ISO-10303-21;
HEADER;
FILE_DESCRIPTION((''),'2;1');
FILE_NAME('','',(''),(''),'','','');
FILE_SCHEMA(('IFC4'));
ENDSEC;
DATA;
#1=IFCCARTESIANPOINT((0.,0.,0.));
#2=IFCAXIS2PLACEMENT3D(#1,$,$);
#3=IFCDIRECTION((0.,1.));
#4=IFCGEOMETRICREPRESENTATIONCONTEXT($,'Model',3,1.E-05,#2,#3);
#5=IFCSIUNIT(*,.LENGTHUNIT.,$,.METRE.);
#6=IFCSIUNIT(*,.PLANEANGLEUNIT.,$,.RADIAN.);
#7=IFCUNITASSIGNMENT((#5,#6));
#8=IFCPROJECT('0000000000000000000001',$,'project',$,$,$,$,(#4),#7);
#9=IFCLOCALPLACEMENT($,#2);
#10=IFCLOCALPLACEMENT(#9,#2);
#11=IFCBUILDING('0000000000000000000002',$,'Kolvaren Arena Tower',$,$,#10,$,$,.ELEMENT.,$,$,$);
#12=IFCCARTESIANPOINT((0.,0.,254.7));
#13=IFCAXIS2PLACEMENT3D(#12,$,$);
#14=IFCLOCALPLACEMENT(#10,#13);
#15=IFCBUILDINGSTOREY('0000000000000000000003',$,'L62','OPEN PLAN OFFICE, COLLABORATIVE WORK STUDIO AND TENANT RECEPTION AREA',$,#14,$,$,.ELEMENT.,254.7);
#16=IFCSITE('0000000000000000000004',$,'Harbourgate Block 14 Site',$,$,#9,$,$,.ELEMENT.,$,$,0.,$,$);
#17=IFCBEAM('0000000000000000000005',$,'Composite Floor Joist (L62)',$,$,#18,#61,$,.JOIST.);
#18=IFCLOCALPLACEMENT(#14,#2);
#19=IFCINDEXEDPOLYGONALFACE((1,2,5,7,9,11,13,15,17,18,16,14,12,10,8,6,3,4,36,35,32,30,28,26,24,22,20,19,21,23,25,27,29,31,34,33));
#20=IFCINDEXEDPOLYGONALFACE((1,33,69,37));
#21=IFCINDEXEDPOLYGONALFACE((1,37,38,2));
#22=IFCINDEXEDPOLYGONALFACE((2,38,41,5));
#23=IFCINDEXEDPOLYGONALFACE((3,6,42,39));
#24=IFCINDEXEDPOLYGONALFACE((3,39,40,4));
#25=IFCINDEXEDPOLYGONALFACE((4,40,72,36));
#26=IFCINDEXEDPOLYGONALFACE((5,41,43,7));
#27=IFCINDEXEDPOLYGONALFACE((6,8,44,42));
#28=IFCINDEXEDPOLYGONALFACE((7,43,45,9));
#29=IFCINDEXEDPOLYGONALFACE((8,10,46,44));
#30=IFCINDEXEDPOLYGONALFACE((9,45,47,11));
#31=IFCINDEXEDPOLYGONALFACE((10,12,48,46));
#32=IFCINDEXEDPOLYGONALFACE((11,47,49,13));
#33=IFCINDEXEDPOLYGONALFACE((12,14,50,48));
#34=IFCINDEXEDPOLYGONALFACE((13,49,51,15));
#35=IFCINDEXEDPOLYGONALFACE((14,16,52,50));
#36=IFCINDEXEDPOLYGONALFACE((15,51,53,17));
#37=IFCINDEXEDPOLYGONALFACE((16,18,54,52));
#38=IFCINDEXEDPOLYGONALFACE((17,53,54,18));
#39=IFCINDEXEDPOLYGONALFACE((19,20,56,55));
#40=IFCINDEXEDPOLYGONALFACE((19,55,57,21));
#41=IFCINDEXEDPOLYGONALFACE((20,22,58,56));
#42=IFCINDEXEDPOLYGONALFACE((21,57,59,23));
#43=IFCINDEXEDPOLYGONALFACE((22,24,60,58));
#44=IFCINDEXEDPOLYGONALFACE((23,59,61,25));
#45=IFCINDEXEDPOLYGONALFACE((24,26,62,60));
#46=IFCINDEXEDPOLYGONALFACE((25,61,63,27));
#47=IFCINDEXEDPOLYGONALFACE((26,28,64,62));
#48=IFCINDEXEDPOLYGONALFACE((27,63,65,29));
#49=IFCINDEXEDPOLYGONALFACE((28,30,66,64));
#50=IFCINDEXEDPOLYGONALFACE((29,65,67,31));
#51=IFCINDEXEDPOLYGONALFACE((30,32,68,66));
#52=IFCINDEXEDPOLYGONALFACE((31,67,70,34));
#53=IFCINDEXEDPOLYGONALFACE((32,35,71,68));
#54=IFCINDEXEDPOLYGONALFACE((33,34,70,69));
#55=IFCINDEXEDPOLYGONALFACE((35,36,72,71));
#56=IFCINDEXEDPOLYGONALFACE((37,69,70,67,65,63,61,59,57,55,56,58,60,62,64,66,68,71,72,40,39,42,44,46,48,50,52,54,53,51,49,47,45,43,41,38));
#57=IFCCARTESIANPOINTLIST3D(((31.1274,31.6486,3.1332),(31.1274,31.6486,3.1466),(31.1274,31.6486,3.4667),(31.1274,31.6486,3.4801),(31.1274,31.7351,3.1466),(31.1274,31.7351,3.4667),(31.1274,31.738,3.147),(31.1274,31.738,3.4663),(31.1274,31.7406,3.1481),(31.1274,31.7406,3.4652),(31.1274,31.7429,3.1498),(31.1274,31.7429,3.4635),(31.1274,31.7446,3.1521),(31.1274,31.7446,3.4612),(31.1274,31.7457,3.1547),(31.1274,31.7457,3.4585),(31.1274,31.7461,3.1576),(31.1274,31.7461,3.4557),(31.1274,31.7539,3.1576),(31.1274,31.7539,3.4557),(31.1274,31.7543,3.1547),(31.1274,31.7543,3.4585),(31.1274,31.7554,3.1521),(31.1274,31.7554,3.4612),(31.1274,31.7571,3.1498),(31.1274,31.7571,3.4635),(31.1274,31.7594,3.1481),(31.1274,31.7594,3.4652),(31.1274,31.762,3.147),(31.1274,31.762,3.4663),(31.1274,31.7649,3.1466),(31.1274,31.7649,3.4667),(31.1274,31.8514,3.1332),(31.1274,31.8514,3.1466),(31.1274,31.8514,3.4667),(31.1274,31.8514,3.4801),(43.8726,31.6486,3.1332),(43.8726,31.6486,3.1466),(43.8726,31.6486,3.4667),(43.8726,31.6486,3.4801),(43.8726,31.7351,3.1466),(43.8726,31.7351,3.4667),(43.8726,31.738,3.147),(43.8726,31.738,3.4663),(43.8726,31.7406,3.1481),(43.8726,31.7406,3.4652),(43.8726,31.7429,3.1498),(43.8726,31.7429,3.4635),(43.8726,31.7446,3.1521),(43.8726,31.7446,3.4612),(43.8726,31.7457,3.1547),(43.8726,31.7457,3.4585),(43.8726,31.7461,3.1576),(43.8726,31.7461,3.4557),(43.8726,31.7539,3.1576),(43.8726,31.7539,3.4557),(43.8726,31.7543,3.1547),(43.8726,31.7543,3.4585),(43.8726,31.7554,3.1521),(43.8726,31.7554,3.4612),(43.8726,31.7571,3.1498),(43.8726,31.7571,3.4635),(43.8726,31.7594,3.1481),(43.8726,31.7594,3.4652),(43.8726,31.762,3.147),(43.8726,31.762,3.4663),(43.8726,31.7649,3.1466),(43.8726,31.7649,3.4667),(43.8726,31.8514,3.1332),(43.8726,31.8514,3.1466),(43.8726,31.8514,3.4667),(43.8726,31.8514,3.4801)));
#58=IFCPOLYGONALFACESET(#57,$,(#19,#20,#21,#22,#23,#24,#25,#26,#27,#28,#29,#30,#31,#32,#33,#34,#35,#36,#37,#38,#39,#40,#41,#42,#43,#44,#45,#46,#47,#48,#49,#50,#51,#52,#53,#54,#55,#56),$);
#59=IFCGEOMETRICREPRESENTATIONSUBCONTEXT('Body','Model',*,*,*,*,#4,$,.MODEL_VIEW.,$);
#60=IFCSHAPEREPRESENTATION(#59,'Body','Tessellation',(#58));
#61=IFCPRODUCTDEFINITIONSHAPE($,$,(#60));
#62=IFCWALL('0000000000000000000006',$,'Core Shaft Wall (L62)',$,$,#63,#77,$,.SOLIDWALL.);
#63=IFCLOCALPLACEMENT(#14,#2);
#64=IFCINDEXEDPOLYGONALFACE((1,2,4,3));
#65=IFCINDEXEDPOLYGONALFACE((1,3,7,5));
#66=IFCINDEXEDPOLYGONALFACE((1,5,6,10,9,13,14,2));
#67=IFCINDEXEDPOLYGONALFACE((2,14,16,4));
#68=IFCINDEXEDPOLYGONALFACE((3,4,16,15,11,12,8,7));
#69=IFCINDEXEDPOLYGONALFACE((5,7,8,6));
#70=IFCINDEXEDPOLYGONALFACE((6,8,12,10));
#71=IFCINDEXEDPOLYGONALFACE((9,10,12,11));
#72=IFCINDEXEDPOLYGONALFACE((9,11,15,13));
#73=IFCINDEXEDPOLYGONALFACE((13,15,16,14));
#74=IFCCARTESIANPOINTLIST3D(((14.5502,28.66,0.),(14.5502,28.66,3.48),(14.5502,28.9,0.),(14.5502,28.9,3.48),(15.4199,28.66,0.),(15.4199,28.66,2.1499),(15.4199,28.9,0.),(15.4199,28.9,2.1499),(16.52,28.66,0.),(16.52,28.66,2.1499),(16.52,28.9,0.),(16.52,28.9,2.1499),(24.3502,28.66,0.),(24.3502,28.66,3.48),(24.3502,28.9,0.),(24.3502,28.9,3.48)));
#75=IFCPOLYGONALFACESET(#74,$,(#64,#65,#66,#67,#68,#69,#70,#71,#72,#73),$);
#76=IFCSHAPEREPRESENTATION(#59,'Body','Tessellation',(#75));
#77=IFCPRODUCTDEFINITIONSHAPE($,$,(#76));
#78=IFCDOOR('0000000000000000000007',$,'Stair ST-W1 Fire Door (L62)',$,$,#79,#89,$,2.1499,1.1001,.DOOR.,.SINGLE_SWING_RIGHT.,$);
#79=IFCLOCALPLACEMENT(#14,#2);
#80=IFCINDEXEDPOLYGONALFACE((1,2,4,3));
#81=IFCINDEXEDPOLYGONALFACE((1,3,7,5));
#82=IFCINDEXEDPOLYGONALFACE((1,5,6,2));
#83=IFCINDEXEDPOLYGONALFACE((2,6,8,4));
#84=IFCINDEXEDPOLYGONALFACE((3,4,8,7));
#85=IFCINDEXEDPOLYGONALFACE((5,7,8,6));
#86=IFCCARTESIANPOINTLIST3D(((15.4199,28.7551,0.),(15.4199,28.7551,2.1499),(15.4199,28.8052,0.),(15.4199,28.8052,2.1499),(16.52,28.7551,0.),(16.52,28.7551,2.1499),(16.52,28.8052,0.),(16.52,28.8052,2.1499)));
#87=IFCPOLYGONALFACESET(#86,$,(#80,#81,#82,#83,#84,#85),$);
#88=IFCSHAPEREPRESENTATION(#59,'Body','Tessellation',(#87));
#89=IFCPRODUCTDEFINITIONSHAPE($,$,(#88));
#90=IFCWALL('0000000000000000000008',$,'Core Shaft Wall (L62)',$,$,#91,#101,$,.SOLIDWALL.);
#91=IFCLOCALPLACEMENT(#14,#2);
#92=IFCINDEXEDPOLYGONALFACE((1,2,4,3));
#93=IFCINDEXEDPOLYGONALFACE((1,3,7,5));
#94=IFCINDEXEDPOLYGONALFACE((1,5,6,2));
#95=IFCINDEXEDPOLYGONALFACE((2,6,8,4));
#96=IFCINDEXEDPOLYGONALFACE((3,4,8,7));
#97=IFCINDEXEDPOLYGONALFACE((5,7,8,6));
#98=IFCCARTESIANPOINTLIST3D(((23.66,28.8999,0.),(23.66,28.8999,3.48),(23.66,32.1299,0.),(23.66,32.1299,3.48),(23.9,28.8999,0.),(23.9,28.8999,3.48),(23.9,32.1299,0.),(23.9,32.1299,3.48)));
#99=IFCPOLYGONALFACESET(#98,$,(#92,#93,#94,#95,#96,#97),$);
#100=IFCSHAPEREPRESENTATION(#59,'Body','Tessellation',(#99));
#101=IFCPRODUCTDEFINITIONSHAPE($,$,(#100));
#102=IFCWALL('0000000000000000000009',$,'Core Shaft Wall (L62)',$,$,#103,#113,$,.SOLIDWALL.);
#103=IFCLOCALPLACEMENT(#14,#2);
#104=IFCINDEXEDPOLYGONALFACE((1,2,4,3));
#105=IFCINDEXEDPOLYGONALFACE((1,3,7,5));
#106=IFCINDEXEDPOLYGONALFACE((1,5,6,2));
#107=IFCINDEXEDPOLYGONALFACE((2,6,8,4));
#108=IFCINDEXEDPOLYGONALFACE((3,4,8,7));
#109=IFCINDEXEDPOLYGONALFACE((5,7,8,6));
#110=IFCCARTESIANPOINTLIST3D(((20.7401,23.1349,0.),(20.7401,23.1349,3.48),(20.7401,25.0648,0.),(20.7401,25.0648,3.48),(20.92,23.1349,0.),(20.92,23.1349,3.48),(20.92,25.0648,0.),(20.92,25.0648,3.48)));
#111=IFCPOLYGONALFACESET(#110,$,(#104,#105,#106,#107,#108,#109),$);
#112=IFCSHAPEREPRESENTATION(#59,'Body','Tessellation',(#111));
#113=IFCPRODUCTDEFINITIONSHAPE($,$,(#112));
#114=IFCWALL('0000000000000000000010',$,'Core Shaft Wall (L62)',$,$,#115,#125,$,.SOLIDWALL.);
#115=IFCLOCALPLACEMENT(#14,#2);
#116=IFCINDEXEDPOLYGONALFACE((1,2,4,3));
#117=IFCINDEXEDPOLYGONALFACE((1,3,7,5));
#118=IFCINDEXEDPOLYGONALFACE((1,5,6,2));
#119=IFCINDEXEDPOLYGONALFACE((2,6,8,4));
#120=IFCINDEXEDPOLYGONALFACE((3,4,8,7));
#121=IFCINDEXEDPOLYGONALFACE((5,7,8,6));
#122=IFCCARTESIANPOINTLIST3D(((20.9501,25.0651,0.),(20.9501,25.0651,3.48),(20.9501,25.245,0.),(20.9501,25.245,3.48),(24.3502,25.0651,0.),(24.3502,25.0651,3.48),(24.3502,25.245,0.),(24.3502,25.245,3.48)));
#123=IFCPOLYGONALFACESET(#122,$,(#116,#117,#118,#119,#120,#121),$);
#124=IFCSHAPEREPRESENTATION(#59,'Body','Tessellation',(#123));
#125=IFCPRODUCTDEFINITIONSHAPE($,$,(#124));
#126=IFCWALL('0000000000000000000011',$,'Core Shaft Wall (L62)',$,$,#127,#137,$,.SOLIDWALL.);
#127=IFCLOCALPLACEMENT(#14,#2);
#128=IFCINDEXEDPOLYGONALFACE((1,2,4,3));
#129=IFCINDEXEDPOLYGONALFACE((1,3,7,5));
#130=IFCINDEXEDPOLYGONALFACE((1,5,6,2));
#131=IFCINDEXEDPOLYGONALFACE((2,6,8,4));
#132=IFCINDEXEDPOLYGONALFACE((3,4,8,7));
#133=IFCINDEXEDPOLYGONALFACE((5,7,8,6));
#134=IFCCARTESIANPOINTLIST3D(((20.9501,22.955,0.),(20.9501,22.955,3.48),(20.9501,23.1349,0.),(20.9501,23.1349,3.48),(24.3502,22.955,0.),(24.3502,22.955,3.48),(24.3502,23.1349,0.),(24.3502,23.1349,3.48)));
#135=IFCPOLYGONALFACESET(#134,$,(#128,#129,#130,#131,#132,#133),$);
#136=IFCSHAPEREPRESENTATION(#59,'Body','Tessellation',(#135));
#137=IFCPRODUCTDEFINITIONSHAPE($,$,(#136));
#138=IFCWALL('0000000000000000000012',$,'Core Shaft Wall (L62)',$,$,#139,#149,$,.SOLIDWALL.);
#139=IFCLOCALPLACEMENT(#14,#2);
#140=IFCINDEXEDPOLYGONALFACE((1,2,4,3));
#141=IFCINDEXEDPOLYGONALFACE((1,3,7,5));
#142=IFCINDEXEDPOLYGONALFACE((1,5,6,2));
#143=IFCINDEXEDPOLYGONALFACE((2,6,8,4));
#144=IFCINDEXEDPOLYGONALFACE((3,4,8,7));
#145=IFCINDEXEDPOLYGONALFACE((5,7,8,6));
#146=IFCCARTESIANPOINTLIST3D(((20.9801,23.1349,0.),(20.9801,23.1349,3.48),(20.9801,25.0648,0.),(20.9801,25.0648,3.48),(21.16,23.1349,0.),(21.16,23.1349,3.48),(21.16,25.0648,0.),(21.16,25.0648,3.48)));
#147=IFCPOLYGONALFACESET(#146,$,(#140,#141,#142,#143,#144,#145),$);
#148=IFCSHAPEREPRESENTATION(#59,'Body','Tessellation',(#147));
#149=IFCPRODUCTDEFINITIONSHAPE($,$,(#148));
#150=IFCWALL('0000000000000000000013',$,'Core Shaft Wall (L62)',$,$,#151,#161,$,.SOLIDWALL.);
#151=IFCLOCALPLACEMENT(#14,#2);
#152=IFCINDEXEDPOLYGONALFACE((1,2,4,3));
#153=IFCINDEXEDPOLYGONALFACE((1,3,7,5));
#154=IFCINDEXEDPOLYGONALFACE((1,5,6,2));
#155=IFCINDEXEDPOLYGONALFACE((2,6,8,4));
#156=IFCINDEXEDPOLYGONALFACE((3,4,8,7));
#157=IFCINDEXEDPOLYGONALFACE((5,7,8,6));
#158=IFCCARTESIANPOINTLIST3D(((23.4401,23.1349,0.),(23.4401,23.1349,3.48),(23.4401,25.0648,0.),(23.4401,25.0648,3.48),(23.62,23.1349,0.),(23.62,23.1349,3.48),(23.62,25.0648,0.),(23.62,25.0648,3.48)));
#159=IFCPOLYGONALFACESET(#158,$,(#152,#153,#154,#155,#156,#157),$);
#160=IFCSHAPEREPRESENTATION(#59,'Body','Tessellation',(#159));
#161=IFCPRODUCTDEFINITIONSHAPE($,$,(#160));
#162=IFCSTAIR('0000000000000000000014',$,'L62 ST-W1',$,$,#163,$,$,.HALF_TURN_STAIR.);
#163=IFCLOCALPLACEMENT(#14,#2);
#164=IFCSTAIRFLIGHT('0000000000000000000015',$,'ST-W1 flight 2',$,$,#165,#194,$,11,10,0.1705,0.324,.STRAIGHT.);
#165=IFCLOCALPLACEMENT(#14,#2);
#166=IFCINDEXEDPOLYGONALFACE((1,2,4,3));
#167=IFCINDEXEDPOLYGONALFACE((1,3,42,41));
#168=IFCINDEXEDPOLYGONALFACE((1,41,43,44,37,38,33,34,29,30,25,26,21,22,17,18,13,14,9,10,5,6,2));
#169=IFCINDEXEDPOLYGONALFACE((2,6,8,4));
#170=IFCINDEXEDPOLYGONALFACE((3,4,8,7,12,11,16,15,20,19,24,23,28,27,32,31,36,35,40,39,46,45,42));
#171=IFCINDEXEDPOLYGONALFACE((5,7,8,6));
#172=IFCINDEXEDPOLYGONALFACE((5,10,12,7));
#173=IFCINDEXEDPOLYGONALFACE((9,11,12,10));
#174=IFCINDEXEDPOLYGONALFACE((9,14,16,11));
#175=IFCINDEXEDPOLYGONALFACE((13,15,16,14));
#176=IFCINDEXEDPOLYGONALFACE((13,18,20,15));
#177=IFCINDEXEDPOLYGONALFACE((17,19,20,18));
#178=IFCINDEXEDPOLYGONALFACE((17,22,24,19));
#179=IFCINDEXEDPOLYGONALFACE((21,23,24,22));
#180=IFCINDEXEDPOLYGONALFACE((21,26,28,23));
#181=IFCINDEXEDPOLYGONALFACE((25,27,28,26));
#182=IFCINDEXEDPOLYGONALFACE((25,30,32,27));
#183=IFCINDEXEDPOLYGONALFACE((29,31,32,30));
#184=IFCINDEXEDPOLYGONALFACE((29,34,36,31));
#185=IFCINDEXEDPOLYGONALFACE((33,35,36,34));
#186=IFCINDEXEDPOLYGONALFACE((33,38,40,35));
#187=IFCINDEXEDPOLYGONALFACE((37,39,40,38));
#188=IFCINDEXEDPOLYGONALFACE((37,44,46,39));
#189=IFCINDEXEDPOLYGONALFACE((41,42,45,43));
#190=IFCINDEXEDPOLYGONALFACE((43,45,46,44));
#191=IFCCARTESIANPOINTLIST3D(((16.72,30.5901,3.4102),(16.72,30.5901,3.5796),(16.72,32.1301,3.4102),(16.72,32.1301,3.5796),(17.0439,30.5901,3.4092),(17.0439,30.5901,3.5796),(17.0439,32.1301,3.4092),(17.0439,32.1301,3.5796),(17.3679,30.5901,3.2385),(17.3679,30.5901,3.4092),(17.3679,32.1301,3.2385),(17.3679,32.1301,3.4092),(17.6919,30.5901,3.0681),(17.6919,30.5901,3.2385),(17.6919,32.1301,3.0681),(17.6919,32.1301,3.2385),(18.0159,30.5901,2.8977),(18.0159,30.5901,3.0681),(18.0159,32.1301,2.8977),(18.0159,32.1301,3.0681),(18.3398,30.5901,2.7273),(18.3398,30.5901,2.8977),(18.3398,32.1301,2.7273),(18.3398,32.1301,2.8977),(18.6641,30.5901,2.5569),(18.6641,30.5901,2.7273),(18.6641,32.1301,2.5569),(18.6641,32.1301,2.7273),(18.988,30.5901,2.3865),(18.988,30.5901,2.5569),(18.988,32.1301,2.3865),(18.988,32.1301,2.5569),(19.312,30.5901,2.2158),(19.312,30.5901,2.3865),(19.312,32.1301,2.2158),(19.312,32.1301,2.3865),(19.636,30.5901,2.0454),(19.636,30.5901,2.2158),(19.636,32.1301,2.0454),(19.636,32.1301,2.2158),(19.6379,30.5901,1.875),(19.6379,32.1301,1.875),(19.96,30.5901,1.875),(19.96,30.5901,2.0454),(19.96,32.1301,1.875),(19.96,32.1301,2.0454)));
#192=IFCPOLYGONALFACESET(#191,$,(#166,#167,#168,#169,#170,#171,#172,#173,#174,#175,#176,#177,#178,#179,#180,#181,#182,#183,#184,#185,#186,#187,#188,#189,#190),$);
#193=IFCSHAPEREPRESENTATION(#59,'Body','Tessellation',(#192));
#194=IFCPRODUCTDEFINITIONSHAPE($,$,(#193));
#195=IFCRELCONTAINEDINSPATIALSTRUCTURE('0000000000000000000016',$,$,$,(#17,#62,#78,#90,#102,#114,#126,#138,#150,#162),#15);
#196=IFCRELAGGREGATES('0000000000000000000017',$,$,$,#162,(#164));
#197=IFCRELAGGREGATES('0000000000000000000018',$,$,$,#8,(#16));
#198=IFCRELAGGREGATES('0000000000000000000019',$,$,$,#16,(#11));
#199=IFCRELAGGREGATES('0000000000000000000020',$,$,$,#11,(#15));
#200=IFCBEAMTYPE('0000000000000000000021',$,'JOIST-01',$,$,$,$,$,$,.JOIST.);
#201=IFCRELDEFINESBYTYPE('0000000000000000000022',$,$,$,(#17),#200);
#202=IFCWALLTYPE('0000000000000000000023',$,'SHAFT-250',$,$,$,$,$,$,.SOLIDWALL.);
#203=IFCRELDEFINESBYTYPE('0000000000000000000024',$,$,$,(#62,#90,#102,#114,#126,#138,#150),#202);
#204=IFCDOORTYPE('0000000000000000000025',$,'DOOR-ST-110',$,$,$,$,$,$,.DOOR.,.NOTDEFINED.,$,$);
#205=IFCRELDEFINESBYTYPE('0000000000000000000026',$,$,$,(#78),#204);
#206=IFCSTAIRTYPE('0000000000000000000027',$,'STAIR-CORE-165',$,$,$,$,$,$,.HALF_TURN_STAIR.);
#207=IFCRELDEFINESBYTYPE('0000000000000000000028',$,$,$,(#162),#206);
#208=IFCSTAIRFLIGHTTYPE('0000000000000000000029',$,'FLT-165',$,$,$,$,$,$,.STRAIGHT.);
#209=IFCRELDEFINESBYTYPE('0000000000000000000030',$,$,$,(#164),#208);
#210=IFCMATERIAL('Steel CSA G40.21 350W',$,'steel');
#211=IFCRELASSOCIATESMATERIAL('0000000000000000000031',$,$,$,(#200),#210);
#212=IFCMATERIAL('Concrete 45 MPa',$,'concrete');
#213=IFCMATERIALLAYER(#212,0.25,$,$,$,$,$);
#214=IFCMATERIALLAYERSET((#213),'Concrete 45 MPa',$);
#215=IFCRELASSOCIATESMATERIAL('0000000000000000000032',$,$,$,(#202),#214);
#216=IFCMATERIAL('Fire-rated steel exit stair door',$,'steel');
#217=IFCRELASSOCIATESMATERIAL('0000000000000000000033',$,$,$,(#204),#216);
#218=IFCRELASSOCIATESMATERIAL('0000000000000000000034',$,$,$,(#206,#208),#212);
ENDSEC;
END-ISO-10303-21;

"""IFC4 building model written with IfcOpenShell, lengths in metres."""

from ifc_helpers import new_model, si_unit, direction, frame, frame_2d, origin, origin_2d, place, context, subcontext, project, spatial, polyline, rectangle, i_section, outline, extrude, material, layer, layer_set, material_profile, profile_set, type_object, element, fill, aggregate, save


model = new_model("IFC4")

# Units and contexts
model_context = context("Model", 3, precision=1e-05, world=origin(), true_north=direction((0.0, 1.0)))
body_context = subcontext(model_context, "Body", "Model", "MODEL_VIEW")
ifc_project = project(units=[si_unit("LENGTHUNIT", "METRE"), si_unit("PLANEANGLEUNIT", "RADIAN")], contexts=[model_context])

# Site, building, storey
site_placement = place(None, origin())
site = spatial("IfcSite", under=ifc_project, at=site_placement, Name="Harbourgate Block 14 Site", CompositionType="ELEMENT", RefElevation=0.0)
building_placement = place(site_placement, origin())
building = spatial("IfcBuilding", under=site, at=building_placement, Name="Kolvaren Arena Tower", CompositionType="ELEMENT")
storey_placement = place(building_placement, frame((0.0, 0.0, 254.7)))
storey = spatial("IfcBuildingStorey", under=building, at=storey_placement, Name="L62", Description="OPEN PLAN OFFICE, COLLABORATIVE WORK STUDIO AND TENANT RECEPTION AREA", CompositionType="ELEMENT", Elevation=254.7)

# Beam
ifc_material_1 = material(Name="Steel CSA G40.21 350W", Category="steel")
ifc_material_profile_1 = material_profile(ifc_material_1, i_section(OverallWidth=0.2029, OverallDepth=0.3469, WebThickness=0.0078, FlangeThickness=0.0134, FilletRadius=0.011, at=origin_2d()), Name="W360x64")
ifc_profile_set_1 = profile_set([ifc_material_profile_1], Name="Steel CSA G40.21 350W")
beam_type_1 = type_object("IfcBeamType", Name="JOIST-01", PredefinedType="JOIST", material=ifc_profile_set_1)
beam_1_placement = place(storey_placement, frame((31.1274, 31.75, 3.3066), z_axis=(1.0, 0.0, 0.0), x_axis=(0.0, 1.0, 0.0)))
element("IfcBeam", 1, at=beam_1_placement, inside=storey, type_object=beam_type_1, Name="Composite Floor Joist (L62)", PredefinedType="JOIST", context=body_context, shape_type="SweptSolid", body=[
    extrude(i_section(OverallWidth=0.2029, OverallDepth=0.3469, WebThickness=0.0078, FlangeThickness=0.0134, FilletRadius=0.011, at=origin_2d()), origin(), (0.0, 0.0, 1.0), 12.7451),
])

# Wall, opening, door
ifc_material_2 = material(Name="Concrete 45 MPa", Category="concrete")
ifc_layer = layer(ifc_material_2, 0.25)
ifc_layer_set = layer_set([ifc_layer], Name="Concrete 45 MPa")
wall_type = type_object("IfcWallType", Name="SHAFT-250", PredefinedType="SOLIDWALL", material=ifc_layer_set)
wall_1_placement = place(storey_placement, frame((24.3501, 28.78, 0.0), z_axis=(0.0, 0.0, 1.0), x_axis=(-1.0, 0.0, 0.0)))
wall_1 = element("IfcWall", 2, at=wall_1_placement, inside=storey, type_object=wall_type, Name="Core Shaft Wall (L62)", PredefinedType="SOLIDWALL", context=body_context, shape_type="SweptSolid", body=[
    extrude(rectangle(XDim=9.8, YDim=0.24, at=frame_2d((4.8999, 0.0))), origin(), (0.0, 0.0, 1.0), 3.48),
])
opening_placement = place(wall_1_placement, frame((7.8301, 0.0, 0.0)))
opening = element("IfcOpeningElement", 3, at=opening_placement, cuts=wall_1, PredefinedType="OPENING", context=body_context, shape_type="SweptSolid", body=[
    extrude(rectangle(XDim=1.1001, YDim=2.1499, at=frame_2d((0.55, 1.075))), frame((0.0, 0.1299, 0.0), z_axis=(0.0, -1.0, 0.0), x_axis=(1.0, 0.0, 0.0)), (0.0, 0.0, 1.0), 0.26),
])
ifc_material_3 = material(Name="Fire-rated steel exit stair door", Category="steel")
door_type = type_object("IfcDoorType", Name="DOOR-ST-110", OperationType="NOTDEFINED", PredefinedType="DOOR", material=ifc_material_3)
door_placement = place(opening_placement, origin())
door = element("IfcDoor", 4, at=door_placement, inside=storey, type_object=door_type, Name="Stair ST-W1 Fire Door (L62)", OperationType="SINGLE_SWING_RIGHT", OverallHeight=2.1499, OverallWidth=1.1001, PredefinedType="DOOR", context=body_context, shape_type="SweptSolid", body=[
    extrude(rectangle(XDim=1.1001, YDim=2.1499, at=frame_2d((0.55, 1.075))), frame((0.0, 0.0249, 0.0), z_axis=(0.0, -1.0, 0.0), x_axis=(1.0, 0.0, 0.0)), (0.0, 0.0, 1.0), 0.05),
])
fill(opening, door)

# Walls
wall_2_placement = place(storey_placement, frame((23.78, 28.8999, 0.0), z_axis=(0.0, 0.0, 1.0), x_axis=(0.0, 1.0, 0.0)))
element("IfcWall", 5, at=wall_2_placement, inside=storey, type_object=wall_type, Name="Core Shaft Wall (L62)", PredefinedType="SOLIDWALL", context=body_context, shape_type="SweptSolid", body=[
    extrude(rectangle(XDim=3.23, YDim=0.24, at=frame_2d((1.615, 0.0))), origin(), (0.0, 0.0, 1.0), 3.48),
])
wall_3_placement = place(storey_placement, frame((20.8301, 23.135, 0.0), z_axis=(0.0, 0.0, 1.0), x_axis=(0.0, 1.0, 0.0)))
element("IfcWall", 6, at=wall_3_placement, inside=storey, type_object=wall_type, Name="Core Shaft Wall (L62)", PredefinedType="SOLIDWALL", context=body_context, shape_type="SweptSolid", body=[
    extrude(rectangle(XDim=1.9299, YDim=0.1799, at=frame_2d((0.9648, 0.0))), origin(), (0.0, 0.0, 1.0), 3.48),
])
for number, where, z_axis, x_axis, name in (
    (7, (20.95, 25.155, 0.0), (0.0, 0.0, 1.0), (1.0, 0.0, 0.0), "Core Shaft Wall (L62)"),
    (8, (20.95, 23.0449, 0.0), (0.0, 0.0, 1.0), (1.0, 0.0, 0.0), "Core Shaft Wall (L62)"),
):
    element("IfcWall", number, at=place(storey_placement, frame(where, z_axis=z_axis, x_axis=x_axis)), inside=storey, type_object=wall_type, Name=name, PredefinedType="SOLIDWALL", context=body_context, shape_type="SweptSolid", body=[
        extrude(rectangle(XDim=3.4001, YDim=0.1799, at=frame_2d((1.7002, 0.0))), origin(), (0.0, 0.0, 1.0), 3.48),
    ])
for number, where, z_axis, x_axis, name in (
    (9, (21.0701, 23.135, 0.0), (0.0, 0.0, 1.0), (0.0, 1.0, 0.0), "Core Shaft Wall (L62)"),
    (10, (23.53, 23.135, 0.0), (0.0, 0.0, 1.0), (0.0, 1.0, 0.0), "Core Shaft Wall (L62)"),
):
    element("IfcWall", number, at=place(storey_placement, frame(where, z_axis=z_axis, x_axis=x_axis)), inside=storey, type_object=wall_type, Name=name, PredefinedType="SOLIDWALL", context=body_context, shape_type="SweptSolid", body=[
        extrude(rectangle(XDim=1.9299, YDim=0.1799, at=frame_2d((0.9648, 0.0))), origin(), (0.0, 0.0, 1.0), 3.48),
    ])

# Stair, stair flight
stair_type = type_object("IfcStairType", Name="STAIR-CORE-165", PredefinedType="HALF_TURN_STAIR", material=ifc_material_2)
stair_placement = place(storey_placement, origin())
stair = element("IfcStair", 11, at=stair_placement, inside=storey, type_object=stair_type, Name="L62 ST-W1", PredefinedType="HALF_TURN_STAIR")
stair_flight_type = type_object("IfcStairFlightType", Name="FLT-165", PredefinedType="STRAIGHT", material=ifc_material_2)
stair_flight_placement = place(storey_placement, frame((19.96, 31.3601, 1.875), z_axis=(0.0, 0.0, 1.0), x_axis=(-1.0, 0.0, 0.0)))
stair_flight = element("IfcStairFlight", 12, at=stair_flight_placement, type_object=stair_flight_type, Name="ST-W1 flight 2", NumberOfRisers=11, NumberOfTreads=10, PredefinedType="STRAIGHT", RiserHeight=0.1705, TreadLength=0.324, context=body_context, shape_type="SweptSolid", body=[
    extrude(outline(polyline([(0.0, 0.0), (0.0, 0.1704), (0.324, 0.1704), (0.324, 0.3408), (0.6479, 0.3408), (0.6479, 0.5115), (0.9719, 0.5115), (0.9719, 0.6819), (1.2959, 0.6819), (1.2959, 0.8523), (1.6201, 0.8523), (1.6201, 1.0227), (1.9441, 1.0227), (1.9441, 1.1931), (2.2681, 1.1931), (2.2681, 1.3635), (2.592, 1.3635), (2.592, 1.5342), (2.916, 1.5342), (2.916, 1.7046), (3.24, 1.7046), (3.24, 1.875), (3.24, 1.5352), (0.322, 0.0), (0.0, 0.0)])), frame((0.0, 0.77, 0.0), z_axis=(0.0, -1.0, 0.0), x_axis=(1.0, 0.0, 0.0)), (0.0, 0.0, 1.0), 1.54),
])
aggregate(stair, [stair_flight])

save(model, "model.ifc")
